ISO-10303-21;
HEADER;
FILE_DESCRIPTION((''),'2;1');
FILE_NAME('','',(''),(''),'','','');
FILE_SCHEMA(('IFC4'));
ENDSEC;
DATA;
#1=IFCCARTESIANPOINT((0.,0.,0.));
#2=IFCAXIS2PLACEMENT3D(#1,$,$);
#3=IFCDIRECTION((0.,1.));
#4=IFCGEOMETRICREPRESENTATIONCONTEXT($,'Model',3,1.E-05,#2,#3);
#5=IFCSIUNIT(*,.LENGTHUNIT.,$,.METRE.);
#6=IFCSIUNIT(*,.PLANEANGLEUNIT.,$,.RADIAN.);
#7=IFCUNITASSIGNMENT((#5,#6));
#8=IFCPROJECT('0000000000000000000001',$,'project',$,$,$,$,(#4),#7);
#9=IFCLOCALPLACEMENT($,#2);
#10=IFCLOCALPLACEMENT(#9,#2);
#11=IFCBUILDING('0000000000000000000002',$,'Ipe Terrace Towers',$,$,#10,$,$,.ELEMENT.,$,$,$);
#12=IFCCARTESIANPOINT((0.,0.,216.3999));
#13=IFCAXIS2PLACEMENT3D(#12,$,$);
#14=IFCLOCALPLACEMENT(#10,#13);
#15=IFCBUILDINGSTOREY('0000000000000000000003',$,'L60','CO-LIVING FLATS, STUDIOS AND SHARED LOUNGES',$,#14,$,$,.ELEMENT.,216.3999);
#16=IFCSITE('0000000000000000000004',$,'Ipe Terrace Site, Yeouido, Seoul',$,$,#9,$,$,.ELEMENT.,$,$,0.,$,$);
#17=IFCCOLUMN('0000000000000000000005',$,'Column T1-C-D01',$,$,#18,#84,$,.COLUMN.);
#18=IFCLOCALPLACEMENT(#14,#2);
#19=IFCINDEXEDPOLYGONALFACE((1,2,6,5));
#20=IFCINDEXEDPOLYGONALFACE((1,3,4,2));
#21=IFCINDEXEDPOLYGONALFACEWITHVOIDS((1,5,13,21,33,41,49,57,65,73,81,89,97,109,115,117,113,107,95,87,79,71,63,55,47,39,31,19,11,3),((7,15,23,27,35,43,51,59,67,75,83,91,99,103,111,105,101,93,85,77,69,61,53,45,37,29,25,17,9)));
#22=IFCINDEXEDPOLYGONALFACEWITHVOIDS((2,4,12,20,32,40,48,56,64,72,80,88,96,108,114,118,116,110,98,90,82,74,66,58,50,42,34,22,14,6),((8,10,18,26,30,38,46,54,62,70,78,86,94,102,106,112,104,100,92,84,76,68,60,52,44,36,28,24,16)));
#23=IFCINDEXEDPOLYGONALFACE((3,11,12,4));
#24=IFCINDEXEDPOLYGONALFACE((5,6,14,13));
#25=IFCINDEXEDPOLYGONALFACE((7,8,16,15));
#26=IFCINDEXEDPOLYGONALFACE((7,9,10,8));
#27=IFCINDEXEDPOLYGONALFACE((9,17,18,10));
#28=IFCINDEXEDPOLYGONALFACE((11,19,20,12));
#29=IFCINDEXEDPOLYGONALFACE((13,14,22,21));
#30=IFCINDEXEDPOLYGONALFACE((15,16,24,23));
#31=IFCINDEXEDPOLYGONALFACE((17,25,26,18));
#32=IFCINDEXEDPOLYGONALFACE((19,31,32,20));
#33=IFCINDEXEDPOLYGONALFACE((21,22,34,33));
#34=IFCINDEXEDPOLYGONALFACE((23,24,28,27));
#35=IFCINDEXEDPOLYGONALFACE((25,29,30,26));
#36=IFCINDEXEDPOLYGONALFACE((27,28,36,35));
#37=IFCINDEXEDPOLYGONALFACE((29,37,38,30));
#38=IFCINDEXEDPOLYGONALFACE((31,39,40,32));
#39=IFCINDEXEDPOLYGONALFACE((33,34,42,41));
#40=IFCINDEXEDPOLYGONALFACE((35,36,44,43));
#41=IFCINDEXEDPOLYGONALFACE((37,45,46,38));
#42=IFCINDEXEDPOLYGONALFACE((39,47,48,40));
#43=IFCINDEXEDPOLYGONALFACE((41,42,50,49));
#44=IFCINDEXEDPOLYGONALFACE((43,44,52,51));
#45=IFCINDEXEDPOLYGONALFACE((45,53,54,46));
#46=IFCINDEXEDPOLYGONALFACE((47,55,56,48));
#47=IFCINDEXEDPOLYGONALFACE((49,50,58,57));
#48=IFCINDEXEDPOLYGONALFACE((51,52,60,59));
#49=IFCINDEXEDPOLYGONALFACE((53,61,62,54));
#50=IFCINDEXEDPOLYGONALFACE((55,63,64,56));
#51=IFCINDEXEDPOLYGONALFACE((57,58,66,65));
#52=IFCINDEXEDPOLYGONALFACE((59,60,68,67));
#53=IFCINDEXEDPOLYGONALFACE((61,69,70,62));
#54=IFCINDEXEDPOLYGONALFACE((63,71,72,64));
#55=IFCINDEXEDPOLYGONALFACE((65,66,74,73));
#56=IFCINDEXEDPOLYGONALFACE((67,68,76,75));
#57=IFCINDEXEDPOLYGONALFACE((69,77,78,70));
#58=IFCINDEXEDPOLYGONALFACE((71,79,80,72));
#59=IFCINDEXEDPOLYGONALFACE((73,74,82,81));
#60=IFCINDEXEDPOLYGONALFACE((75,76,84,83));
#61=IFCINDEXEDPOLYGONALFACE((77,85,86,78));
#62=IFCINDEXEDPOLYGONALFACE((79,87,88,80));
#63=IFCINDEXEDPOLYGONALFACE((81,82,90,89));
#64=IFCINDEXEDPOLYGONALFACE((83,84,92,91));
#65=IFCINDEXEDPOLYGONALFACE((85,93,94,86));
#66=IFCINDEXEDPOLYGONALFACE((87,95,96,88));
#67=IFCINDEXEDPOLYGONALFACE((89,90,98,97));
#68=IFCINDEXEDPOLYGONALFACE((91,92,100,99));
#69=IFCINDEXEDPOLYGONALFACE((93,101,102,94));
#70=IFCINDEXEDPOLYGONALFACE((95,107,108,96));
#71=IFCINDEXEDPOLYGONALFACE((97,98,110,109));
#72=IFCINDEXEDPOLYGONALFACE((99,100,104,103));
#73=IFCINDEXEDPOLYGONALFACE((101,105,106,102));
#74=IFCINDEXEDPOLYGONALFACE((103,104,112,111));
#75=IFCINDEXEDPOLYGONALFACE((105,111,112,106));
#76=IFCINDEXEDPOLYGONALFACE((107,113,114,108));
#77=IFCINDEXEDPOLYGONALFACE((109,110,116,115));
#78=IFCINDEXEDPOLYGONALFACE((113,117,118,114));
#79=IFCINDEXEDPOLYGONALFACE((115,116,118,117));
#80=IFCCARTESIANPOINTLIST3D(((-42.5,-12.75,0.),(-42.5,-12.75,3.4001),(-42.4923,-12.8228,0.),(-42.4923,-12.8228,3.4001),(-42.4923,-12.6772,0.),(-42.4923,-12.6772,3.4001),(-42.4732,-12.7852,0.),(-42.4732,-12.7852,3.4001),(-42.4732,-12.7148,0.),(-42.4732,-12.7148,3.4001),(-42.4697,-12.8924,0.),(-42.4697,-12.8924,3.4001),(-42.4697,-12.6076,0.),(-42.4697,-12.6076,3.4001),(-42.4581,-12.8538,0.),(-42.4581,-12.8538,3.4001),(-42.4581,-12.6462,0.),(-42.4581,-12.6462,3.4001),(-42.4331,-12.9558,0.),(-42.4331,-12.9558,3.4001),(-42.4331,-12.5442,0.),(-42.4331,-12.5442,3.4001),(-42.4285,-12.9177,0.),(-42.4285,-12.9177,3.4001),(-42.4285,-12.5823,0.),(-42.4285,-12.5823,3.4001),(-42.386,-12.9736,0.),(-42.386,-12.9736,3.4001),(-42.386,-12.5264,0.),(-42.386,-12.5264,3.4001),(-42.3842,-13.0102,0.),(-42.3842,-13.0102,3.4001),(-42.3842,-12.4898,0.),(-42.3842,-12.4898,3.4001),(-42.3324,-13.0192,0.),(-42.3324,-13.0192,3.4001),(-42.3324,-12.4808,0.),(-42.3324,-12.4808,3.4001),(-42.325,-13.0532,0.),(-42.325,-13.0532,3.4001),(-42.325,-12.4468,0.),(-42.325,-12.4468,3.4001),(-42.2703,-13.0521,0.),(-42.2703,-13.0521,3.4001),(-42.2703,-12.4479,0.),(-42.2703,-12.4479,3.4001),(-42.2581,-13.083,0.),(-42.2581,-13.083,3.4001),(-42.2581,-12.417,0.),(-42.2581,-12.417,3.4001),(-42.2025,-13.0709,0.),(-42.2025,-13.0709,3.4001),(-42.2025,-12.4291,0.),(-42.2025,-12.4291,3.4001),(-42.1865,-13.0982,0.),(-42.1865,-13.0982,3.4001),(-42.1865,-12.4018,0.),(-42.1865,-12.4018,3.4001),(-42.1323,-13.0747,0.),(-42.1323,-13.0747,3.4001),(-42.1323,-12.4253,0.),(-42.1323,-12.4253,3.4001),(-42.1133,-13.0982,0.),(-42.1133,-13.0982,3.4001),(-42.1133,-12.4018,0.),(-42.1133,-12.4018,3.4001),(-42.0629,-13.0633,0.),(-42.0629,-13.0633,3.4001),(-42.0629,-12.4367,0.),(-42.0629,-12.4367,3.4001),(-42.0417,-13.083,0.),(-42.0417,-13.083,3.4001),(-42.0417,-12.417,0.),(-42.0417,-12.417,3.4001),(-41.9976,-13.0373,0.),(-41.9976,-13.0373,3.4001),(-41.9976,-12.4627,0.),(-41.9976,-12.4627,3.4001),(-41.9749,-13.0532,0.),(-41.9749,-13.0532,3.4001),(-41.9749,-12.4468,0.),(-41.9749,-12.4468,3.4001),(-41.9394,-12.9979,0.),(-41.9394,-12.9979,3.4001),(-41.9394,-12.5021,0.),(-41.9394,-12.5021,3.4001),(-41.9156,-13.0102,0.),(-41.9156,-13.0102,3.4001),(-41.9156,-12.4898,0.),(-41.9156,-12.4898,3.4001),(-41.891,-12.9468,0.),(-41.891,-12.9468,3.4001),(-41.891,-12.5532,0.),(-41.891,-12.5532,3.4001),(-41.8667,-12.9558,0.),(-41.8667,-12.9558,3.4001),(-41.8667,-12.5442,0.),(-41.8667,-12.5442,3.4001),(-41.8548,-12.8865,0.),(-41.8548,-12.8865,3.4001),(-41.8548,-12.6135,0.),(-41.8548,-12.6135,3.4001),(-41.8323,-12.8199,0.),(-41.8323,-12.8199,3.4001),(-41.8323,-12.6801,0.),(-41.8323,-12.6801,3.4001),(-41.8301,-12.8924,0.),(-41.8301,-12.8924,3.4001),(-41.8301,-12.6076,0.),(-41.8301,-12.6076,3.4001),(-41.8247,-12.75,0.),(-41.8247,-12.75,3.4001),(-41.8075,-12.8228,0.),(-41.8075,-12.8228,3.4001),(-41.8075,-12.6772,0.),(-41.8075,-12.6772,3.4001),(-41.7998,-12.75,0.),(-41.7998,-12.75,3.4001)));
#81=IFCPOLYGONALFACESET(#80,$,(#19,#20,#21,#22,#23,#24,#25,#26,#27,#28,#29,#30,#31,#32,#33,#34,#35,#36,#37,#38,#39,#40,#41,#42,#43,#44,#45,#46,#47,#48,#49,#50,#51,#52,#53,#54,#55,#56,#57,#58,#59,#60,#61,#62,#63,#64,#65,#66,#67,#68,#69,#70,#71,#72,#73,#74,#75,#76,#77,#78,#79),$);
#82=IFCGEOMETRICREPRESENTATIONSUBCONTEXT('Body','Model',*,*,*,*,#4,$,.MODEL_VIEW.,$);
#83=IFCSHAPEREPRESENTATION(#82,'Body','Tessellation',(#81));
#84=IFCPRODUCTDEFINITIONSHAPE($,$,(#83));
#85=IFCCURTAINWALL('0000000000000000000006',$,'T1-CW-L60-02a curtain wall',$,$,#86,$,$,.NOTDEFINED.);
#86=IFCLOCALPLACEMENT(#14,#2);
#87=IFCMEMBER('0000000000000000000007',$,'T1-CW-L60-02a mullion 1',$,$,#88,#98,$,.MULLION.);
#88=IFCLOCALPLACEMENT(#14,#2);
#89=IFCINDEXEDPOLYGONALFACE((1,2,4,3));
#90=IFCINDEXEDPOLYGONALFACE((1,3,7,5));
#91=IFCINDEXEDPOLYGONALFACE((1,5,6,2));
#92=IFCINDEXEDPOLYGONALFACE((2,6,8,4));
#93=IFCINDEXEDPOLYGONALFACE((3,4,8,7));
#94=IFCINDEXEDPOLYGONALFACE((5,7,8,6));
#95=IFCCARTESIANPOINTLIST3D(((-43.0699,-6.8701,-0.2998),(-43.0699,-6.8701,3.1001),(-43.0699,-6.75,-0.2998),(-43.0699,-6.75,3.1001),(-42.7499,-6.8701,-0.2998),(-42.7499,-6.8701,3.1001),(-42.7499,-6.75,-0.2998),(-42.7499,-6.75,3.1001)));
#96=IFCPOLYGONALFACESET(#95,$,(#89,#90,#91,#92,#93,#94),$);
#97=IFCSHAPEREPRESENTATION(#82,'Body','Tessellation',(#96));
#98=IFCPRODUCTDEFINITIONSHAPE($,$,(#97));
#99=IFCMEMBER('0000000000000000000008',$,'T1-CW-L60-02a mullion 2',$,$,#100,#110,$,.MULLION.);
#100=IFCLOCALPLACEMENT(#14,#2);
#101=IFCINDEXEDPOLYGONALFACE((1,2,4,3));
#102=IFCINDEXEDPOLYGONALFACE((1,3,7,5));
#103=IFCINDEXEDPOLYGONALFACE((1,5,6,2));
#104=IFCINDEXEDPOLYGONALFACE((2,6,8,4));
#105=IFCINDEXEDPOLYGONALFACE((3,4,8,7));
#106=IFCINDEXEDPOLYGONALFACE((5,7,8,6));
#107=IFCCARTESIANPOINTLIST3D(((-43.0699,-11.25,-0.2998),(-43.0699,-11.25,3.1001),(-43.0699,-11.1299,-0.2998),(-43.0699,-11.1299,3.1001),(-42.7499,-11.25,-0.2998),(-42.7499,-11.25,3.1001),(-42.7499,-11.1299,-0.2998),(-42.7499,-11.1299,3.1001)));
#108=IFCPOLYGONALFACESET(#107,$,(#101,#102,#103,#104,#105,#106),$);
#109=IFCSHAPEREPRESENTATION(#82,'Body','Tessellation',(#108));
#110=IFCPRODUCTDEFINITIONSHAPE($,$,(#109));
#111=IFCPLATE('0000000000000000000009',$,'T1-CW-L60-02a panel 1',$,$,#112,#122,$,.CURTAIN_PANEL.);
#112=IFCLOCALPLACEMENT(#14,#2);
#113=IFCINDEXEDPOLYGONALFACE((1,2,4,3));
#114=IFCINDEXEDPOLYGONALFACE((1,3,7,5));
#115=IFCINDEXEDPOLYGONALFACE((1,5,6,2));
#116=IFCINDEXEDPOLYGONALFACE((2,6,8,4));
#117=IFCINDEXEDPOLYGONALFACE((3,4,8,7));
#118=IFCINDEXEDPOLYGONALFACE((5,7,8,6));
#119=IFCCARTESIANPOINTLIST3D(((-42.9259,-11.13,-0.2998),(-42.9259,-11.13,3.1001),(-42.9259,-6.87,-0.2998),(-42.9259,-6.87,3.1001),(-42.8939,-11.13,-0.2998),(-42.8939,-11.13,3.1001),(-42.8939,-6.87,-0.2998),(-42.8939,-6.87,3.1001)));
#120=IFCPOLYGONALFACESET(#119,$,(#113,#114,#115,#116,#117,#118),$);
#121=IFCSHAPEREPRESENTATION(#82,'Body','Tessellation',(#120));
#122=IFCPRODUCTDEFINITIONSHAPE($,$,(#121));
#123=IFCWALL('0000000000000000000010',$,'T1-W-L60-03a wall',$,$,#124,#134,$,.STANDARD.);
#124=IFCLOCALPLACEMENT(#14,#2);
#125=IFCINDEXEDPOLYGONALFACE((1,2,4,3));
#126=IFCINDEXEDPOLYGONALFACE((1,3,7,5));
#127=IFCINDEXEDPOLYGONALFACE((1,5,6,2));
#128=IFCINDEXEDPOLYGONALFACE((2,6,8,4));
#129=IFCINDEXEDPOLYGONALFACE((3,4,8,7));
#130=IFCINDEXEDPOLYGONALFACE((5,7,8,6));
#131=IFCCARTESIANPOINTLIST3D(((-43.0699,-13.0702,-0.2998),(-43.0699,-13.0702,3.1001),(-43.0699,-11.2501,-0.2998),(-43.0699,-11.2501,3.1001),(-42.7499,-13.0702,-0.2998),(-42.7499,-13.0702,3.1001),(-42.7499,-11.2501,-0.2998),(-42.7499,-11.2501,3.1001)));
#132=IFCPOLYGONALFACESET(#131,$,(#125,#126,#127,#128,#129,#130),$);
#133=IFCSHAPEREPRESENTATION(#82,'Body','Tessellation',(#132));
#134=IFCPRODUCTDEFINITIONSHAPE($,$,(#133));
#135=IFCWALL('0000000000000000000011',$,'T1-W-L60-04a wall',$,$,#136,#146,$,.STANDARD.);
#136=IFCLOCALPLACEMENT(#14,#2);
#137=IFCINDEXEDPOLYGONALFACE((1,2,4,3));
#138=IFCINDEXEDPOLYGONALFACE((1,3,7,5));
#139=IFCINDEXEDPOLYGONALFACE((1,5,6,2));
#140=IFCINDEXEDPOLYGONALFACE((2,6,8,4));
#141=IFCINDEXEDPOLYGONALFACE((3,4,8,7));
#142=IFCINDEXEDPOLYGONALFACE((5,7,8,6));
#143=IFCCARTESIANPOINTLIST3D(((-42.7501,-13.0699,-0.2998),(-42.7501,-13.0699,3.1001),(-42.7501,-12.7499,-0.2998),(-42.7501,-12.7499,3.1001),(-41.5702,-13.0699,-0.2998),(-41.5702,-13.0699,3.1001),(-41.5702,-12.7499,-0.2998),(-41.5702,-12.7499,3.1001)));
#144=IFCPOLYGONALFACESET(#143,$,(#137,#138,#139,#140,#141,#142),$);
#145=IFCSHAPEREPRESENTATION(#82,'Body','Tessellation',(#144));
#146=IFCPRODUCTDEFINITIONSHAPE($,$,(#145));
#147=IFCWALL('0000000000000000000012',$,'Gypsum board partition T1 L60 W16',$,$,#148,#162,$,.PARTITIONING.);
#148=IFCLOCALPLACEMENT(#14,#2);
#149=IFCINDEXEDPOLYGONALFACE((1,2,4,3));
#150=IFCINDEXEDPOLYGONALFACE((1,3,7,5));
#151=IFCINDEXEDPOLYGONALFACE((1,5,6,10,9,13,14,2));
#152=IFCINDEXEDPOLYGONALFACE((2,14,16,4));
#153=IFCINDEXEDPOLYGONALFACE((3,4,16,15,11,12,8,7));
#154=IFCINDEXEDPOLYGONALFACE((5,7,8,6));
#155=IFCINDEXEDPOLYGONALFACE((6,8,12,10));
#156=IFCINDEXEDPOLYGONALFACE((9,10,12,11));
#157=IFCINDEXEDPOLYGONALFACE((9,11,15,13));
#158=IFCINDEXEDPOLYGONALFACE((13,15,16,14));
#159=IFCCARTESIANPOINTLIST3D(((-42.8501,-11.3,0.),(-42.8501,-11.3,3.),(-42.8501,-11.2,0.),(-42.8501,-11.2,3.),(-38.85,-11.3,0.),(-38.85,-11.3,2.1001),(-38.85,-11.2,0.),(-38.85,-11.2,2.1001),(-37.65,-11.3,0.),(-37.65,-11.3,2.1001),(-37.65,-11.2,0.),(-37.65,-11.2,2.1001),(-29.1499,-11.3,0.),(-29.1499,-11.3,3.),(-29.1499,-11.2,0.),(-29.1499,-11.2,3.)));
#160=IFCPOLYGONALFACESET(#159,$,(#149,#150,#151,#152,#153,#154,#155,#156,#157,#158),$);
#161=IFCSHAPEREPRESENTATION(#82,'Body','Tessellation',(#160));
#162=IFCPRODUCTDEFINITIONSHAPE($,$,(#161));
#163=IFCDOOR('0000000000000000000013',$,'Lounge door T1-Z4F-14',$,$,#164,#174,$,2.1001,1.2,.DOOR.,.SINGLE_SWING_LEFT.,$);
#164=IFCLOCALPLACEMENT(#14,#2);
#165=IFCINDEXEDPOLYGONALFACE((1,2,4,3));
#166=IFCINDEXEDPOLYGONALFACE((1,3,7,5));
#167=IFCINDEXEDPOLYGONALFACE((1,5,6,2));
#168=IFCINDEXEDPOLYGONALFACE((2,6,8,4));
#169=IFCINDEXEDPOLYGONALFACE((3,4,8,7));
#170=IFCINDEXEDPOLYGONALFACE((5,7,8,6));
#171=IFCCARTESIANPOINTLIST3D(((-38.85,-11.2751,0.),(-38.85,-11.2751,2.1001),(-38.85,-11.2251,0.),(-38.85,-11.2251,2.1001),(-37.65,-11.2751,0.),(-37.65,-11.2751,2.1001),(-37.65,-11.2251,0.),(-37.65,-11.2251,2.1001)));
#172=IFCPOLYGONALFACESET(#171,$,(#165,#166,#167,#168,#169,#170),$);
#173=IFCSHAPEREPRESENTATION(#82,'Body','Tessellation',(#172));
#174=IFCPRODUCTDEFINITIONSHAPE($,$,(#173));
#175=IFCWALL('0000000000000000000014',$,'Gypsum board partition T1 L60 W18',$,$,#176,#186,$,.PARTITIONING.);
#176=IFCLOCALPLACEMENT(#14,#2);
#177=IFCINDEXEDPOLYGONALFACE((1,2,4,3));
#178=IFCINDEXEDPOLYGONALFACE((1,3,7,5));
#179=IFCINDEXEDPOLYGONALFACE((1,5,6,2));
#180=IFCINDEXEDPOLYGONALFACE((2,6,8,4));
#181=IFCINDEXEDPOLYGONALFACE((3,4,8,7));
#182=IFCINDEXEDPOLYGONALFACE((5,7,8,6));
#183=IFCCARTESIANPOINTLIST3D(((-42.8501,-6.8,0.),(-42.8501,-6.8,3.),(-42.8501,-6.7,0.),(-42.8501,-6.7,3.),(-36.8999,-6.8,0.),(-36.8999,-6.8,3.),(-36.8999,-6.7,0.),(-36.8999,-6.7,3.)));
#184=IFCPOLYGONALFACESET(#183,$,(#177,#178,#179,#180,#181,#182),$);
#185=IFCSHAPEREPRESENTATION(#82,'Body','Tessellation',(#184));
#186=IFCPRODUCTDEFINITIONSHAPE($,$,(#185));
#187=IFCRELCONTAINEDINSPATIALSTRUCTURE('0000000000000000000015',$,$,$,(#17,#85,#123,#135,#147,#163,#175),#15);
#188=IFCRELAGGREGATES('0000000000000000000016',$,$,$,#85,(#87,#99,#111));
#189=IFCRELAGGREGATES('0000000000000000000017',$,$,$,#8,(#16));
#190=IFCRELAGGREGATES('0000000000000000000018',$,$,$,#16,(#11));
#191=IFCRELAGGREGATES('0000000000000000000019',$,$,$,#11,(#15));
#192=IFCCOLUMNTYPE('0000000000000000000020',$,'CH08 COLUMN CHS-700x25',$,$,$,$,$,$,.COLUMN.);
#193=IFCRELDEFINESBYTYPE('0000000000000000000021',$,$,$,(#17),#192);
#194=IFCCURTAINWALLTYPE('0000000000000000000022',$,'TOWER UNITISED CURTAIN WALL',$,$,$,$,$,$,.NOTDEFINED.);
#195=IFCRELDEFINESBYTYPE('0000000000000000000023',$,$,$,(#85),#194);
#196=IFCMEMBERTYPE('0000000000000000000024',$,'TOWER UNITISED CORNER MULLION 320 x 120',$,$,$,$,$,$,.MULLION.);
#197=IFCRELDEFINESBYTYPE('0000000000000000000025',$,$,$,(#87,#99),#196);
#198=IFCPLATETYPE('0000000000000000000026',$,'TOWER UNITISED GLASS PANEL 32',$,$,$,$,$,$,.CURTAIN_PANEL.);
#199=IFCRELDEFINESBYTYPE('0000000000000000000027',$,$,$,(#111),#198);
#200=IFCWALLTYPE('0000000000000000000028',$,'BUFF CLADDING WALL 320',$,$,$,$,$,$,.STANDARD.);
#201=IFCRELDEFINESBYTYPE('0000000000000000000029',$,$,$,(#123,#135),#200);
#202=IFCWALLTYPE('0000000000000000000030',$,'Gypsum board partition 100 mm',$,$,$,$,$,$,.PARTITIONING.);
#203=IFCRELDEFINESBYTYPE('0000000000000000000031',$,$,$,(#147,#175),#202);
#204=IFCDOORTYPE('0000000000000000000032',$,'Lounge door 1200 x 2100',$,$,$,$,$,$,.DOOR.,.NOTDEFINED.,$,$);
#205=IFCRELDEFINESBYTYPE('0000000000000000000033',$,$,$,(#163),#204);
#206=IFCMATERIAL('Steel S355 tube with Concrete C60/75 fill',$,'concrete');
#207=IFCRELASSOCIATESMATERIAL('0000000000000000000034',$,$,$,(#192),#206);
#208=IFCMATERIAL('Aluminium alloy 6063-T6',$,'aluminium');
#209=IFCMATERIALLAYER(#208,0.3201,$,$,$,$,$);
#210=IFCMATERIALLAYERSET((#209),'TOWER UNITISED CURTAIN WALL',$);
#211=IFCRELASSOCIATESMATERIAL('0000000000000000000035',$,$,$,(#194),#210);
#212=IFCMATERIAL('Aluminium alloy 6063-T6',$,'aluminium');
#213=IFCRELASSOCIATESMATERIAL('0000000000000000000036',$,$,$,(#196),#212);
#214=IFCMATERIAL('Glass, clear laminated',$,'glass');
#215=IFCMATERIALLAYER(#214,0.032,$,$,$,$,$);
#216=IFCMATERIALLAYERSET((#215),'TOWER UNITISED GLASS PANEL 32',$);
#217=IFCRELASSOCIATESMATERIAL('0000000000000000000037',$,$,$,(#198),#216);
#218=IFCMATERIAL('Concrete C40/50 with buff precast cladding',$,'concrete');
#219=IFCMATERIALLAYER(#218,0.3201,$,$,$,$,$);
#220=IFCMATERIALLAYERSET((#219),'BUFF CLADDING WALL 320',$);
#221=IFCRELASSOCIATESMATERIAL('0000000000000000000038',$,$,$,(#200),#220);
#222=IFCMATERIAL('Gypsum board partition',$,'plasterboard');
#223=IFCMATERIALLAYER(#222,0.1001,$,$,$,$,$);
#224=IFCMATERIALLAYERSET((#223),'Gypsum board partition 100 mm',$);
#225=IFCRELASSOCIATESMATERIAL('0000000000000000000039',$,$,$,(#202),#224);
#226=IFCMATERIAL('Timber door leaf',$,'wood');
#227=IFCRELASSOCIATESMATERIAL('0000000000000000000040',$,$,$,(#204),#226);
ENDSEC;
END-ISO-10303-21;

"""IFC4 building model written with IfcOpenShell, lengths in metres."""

from ifc_helpers import new_model, si_unit, direction, frame, frame_2d, origin, origin_2d, place, context, subcontext, project, spatial, rectangle, hollow_circle, extrude, material, layer, layer_set, material_profile, profile_set, type_object, element, fill, aggregate, save


model = new_model("IFC4")

# Units and contexts
model_context = context("Model", 3, precision=1e-05, world=origin(), true_north=direction((0.0, 1.0)))
body_context = subcontext(model_context, "Body", "Model", "MODEL_VIEW")
ifc_project = project(units=[si_unit("LENGTHUNIT", "METRE"), si_unit("PLANEANGLEUNIT", "RADIAN")], contexts=[model_context])

# Site, building, storey
site_placement = place(None, origin())
site = spatial("IfcSite", under=ifc_project, at=site_placement, Name="Ipe Terrace Site, Yeouido, Seoul", CompositionType="ELEMENT", RefElevation=0.0)
building_placement = place(site_placement, origin())
building = spatial("IfcBuilding", under=site, at=building_placement, Name="Ipe Terrace Towers", CompositionType="ELEMENT")
storey_placement = place(building_placement, frame((0.0, 0.0, 216.3999)))
storey = spatial("IfcBuildingStorey", under=building, at=storey_placement, Name="L60", Description="CO-LIVING FLATS, STUDIOS AND SHARED LOUNGES", CompositionType="ELEMENT", Elevation=216.3999)

# Column
ifc_material_1 = material(Name="Steel S355 tube with Concrete C60/75 fill", Category="concrete")
ifc_material_profile_1 = material_profile(ifc_material_1, hollow_circle(Radius=0.3501, WallThickness=0.0249, at=origin_2d()), Name="CHS-700x25")
ifc_profile_set_1 = profile_set([ifc_material_profile_1], Name="Steel S355 tube with Concrete C60/75 fill")
column_type = type_object("IfcColumnType", Name="CH08 COLUMN CHS-700x25", PredefinedType="COLUMN", material=ifc_profile_set_1)
column_placement = place(storey_placement, frame((-42.1499, -12.75, 0.0), z_axis=(0.0, 0.0, 1.0), x_axis=(1.0, 0.0, 0.0)))
element("IfcColumn", 1, at=column_placement, inside=storey, type_object=column_type, Name="Column T1-C-D01", PredefinedType="COLUMN", context=body_context, shape_type="SweptSolid", body=[
    extrude(hollow_circle(Radius=0.3501, WallThickness=0.0249, at=origin_2d()), origin(), (0.0, 0.0, 1.0), 3.4001),
])

# Curtain wall, members, plate
ifc_material_2 = material(Name="Aluminium alloy 6063-T6", Category="aluminium")
ifc_layer_1 = layer(ifc_material_2, 0.3201)
ifc_layer_set_1 = layer_set([ifc_layer_1], Name="TOWER UNITISED CURTAIN WALL")
curtain_wall_type = type_object("IfcCurtainWallType", Name="TOWER UNITISED CURTAIN WALL", PredefinedType="NOTDEFINED", material=ifc_layer_set_1)
curtain_wall_placement = place(storey_placement, origin())
curtain_wall = element("IfcCurtainWall", 2, at=curtain_wall_placement, inside=storey, type_object=curtain_wall_type, Name="T1-CW-L60-02a curtain wall", PredefinedType="NOTDEFINED")
ifc_material_3 = material(Name="Aluminium alloy 6063-T6", Category="aluminium")
ifc_material_profile_2 = material_profile(ifc_material_3, rectangle(XDim=0.3201, YDim=0.1201, at=origin_2d()), Name="TOWER UNITISED CORNER MULLION 320 x 120")
ifc_profile_set_2 = profile_set([ifc_material_profile_2], Name="Aluminium alloy 6063-T6")
member_type = type_object("IfcMemberType", Name="TOWER UNITISED CORNER MULLION 320 x 120", PredefinedType="MULLION", material=ifc_profile_set_2)
member_1_placement = place(storey_placement, frame((-42.9099, -6.8101, -0.2998), z_axis=(0.0, 0.0, 1.0), x_axis=(-1.0, 0.0, 0.0)))
member_1 = element("IfcMember", 3, at=member_1_placement, type_object=member_type, Name="T1-CW-L60-02a mullion 1", PredefinedType="MULLION", context=body_context, shape_type="SweptSolid", body=[
    extrude(rectangle(XDim=0.3201, YDim=0.1201, at=origin_2d()), origin(), (0.0, 0.0, 1.0), 3.3999),
])
member_2_placement = place(storey_placement, frame((-42.9099, -11.1899, -0.2998), z_axis=(0.0, 0.0, 1.0), x_axis=(-1.0, 0.0, 0.0)))
member_2 = element("IfcMember", 4, at=member_2_placement, type_object=member_type, Name="T1-CW-L60-02a mullion 2", PredefinedType="MULLION", context=body_context, shape_type="SweptSolid", body=[
    extrude(rectangle(XDim=0.3201, YDim=0.1201, at=origin_2d()), origin(), (0.0, 0.0, 1.0), 3.3999),
])
ifc_material_4 = material(Name="Glass, clear laminated", Category="glass")
ifc_layer_2 = layer(ifc_material_4, 0.032)
ifc_layer_set_2 = layer_set([ifc_layer_2], Name="TOWER UNITISED GLASS PANEL 32")
plate_type = type_object("IfcPlateType", Name="TOWER UNITISED GLASS PANEL 32", PredefinedType="CURTAIN_PANEL", material=ifc_layer_set_2)
plate_placement = place(storey_placement, frame((-42.9099, -9.0, -0.2998), z_axis=(0.0, 0.0, 1.0), x_axis=(0.0, -1.0, 0.0)))
plate = element("IfcPlate", 5, at=plate_placement, type_object=plate_type, Name="T1-CW-L60-02a panel 1", PredefinedType="CURTAIN_PANEL", context=body_context, shape_type="SweptSolid", body=[
    extrude(rectangle(XDim=4.26, YDim=0.032, at=origin_2d()), origin(), (0.0, 0.0, 1.0), 3.3999),
])
aggregate(curtain_wall, [member_1, member_2, plate])

# Walls
ifc_material_5 = material(Name="Concrete C40/50 with buff precast cladding", Category="concrete")
ifc_layer_3 = layer(ifc_material_5, 0.3201)
ifc_layer_set_3 = layer_set([ifc_layer_3], Name="BUFF CLADDING WALL 320")
wall_type_1 = type_object("IfcWallType", Name="BUFF CLADDING WALL 320", PredefinedType="STANDARD", material=ifc_layer_set_3)
wall_1_placement = place(storey_placement, frame((-42.9099, -11.25, -0.2998), z_axis=(0.0, 0.0, 1.0), x_axis=(0.0, -1.0, 0.0)))
element("IfcWall", 6, at=wall_1_placement, inside=storey, type_object=wall_type_1, Name="T1-W-L60-03a wall", PredefinedType="STANDARD", context=body_context, shape_type="SweptSolid", body=[
    extrude(rectangle(XDim=1.8201, YDim=0.3201, at=frame_2d((0.9102, 0.0))), origin(), (0.0, 0.0, 1.0), 3.3999),
])
wall_2_placement = place(storey_placement, frame((-42.75, -12.9099, -0.2998), z_axis=(0.0, 0.0, 1.0), x_axis=(1.0, 0.0, 0.0)))
element("IfcWall", 7, at=wall_2_placement, inside=storey, type_object=wall_type_1, Name="T1-W-L60-04a wall", PredefinedType="STANDARD", context=body_context, shape_type="SweptSolid", body=[
    extrude(rectangle(XDim=1.1799, YDim=0.3201, at=frame_2d((0.5898, 0.0))), origin(), (0.0, 0.0, 1.0), 3.3999),
])

# Wall, opening, door
ifc_material_6 = material(Name="Gypsum board partition", Category="plasterboard")
ifc_layer_4 = layer(ifc_material_6, 0.1001)
ifc_layer_set_4 = layer_set([ifc_layer_4], Name="Gypsum board partition 100 mm")
wall_type_2 = type_object("IfcWallType", Name="Gypsum board partition 100 mm", PredefinedType="PARTITIONING", material=ifc_layer_set_4)
wall_3_placement = place(storey_placement, frame((-42.8501, -11.25, 0.0), z_axis=(0.0, 0.0, 1.0), x_axis=(1.0, 0.0, 0.0)))
wall_3 = element("IfcWall", 8, at=wall_3_placement, inside=storey, type_object=wall_type_2, Name="Gypsum board partition T1 L60 W16", PredefinedType="PARTITIONING", context=body_context, shape_type="SweptSolid", body=[
    extrude(rectangle(XDim=13.7002, YDim=0.1001, at=frame_2d((6.8501, 0.0))), origin(), (0.0, 0.0, 1.0), 3.0),
])
opening_1_placement = place(wall_3_placement, frame((4.0, 0.0, 0.0)))
opening_1 = element("IfcOpeningElement", 9, at=opening_1_placement, cuts=wall_3, PredefinedType="OPENING", context=body_context, shape_type="SweptSolid", body=[
    extrude(rectangle(XDim=1.2, YDim=2.1001, at=frame_2d((0.6001, 1.05))), frame((0.0, 0.0601, 0.0), z_axis=(0.0, -1.0, 0.0), x_axis=(1.0, 0.0, 0.0)), (0.0, 0.0, 1.0), 0.1201),
])
ifc_material_7 = material(Name="Timber door leaf", Category="wood")
door_type_1 = type_object("IfcDoorType", Name="Lounge door 1200 x 2100", OperationType="NOTDEFINED", PredefinedType="DOOR", material=ifc_material_7)
door_1_placement = place(opening_1_placement, origin())
door_1 = element("IfcDoor", 10, at=door_1_placement, inside=storey, type_object=door_type_1, Name="Lounge door T1-Z4F-14", OperationType="SINGLE_SWING_LEFT", OverallHeight=2.1001, OverallWidth=1.2, PredefinedType="DOOR", context=body_context, shape_type="SweptSolid", body=[
    extrude(rectangle(XDim=1.2, YDim=2.1001, at=frame_2d((0.6001, 1.05))), frame((0.0, 0.0249, 0.0), z_axis=(0.0, -1.0, 0.0), x_axis=(1.0, 0.0, 0.0)), (0.0, 0.0, 1.0), 0.05),
])
fill(opening_1, door_1)

# Wall
wall_4_placement = place(storey_placement, frame((-42.8501, -6.75, 0.0), z_axis=(0.0, 0.0, 1.0), x_axis=(1.0, 0.0, 0.0)))
element("IfcWall", 11, at=wall_4_placement, inside=storey, type_object=wall_type_2, Name="Gypsum board partition T1 L60 W18", PredefinedType="PARTITIONING", context=body_context, shape_type="SweptSolid", body=[
    extrude(rectangle(XDim=5.9502, YDim=0.1001, at=frame_2d((2.9751, 0.0))), origin(), (0.0, 0.0, 1.0), 3.0),
])

save(model, "model.ifc")
